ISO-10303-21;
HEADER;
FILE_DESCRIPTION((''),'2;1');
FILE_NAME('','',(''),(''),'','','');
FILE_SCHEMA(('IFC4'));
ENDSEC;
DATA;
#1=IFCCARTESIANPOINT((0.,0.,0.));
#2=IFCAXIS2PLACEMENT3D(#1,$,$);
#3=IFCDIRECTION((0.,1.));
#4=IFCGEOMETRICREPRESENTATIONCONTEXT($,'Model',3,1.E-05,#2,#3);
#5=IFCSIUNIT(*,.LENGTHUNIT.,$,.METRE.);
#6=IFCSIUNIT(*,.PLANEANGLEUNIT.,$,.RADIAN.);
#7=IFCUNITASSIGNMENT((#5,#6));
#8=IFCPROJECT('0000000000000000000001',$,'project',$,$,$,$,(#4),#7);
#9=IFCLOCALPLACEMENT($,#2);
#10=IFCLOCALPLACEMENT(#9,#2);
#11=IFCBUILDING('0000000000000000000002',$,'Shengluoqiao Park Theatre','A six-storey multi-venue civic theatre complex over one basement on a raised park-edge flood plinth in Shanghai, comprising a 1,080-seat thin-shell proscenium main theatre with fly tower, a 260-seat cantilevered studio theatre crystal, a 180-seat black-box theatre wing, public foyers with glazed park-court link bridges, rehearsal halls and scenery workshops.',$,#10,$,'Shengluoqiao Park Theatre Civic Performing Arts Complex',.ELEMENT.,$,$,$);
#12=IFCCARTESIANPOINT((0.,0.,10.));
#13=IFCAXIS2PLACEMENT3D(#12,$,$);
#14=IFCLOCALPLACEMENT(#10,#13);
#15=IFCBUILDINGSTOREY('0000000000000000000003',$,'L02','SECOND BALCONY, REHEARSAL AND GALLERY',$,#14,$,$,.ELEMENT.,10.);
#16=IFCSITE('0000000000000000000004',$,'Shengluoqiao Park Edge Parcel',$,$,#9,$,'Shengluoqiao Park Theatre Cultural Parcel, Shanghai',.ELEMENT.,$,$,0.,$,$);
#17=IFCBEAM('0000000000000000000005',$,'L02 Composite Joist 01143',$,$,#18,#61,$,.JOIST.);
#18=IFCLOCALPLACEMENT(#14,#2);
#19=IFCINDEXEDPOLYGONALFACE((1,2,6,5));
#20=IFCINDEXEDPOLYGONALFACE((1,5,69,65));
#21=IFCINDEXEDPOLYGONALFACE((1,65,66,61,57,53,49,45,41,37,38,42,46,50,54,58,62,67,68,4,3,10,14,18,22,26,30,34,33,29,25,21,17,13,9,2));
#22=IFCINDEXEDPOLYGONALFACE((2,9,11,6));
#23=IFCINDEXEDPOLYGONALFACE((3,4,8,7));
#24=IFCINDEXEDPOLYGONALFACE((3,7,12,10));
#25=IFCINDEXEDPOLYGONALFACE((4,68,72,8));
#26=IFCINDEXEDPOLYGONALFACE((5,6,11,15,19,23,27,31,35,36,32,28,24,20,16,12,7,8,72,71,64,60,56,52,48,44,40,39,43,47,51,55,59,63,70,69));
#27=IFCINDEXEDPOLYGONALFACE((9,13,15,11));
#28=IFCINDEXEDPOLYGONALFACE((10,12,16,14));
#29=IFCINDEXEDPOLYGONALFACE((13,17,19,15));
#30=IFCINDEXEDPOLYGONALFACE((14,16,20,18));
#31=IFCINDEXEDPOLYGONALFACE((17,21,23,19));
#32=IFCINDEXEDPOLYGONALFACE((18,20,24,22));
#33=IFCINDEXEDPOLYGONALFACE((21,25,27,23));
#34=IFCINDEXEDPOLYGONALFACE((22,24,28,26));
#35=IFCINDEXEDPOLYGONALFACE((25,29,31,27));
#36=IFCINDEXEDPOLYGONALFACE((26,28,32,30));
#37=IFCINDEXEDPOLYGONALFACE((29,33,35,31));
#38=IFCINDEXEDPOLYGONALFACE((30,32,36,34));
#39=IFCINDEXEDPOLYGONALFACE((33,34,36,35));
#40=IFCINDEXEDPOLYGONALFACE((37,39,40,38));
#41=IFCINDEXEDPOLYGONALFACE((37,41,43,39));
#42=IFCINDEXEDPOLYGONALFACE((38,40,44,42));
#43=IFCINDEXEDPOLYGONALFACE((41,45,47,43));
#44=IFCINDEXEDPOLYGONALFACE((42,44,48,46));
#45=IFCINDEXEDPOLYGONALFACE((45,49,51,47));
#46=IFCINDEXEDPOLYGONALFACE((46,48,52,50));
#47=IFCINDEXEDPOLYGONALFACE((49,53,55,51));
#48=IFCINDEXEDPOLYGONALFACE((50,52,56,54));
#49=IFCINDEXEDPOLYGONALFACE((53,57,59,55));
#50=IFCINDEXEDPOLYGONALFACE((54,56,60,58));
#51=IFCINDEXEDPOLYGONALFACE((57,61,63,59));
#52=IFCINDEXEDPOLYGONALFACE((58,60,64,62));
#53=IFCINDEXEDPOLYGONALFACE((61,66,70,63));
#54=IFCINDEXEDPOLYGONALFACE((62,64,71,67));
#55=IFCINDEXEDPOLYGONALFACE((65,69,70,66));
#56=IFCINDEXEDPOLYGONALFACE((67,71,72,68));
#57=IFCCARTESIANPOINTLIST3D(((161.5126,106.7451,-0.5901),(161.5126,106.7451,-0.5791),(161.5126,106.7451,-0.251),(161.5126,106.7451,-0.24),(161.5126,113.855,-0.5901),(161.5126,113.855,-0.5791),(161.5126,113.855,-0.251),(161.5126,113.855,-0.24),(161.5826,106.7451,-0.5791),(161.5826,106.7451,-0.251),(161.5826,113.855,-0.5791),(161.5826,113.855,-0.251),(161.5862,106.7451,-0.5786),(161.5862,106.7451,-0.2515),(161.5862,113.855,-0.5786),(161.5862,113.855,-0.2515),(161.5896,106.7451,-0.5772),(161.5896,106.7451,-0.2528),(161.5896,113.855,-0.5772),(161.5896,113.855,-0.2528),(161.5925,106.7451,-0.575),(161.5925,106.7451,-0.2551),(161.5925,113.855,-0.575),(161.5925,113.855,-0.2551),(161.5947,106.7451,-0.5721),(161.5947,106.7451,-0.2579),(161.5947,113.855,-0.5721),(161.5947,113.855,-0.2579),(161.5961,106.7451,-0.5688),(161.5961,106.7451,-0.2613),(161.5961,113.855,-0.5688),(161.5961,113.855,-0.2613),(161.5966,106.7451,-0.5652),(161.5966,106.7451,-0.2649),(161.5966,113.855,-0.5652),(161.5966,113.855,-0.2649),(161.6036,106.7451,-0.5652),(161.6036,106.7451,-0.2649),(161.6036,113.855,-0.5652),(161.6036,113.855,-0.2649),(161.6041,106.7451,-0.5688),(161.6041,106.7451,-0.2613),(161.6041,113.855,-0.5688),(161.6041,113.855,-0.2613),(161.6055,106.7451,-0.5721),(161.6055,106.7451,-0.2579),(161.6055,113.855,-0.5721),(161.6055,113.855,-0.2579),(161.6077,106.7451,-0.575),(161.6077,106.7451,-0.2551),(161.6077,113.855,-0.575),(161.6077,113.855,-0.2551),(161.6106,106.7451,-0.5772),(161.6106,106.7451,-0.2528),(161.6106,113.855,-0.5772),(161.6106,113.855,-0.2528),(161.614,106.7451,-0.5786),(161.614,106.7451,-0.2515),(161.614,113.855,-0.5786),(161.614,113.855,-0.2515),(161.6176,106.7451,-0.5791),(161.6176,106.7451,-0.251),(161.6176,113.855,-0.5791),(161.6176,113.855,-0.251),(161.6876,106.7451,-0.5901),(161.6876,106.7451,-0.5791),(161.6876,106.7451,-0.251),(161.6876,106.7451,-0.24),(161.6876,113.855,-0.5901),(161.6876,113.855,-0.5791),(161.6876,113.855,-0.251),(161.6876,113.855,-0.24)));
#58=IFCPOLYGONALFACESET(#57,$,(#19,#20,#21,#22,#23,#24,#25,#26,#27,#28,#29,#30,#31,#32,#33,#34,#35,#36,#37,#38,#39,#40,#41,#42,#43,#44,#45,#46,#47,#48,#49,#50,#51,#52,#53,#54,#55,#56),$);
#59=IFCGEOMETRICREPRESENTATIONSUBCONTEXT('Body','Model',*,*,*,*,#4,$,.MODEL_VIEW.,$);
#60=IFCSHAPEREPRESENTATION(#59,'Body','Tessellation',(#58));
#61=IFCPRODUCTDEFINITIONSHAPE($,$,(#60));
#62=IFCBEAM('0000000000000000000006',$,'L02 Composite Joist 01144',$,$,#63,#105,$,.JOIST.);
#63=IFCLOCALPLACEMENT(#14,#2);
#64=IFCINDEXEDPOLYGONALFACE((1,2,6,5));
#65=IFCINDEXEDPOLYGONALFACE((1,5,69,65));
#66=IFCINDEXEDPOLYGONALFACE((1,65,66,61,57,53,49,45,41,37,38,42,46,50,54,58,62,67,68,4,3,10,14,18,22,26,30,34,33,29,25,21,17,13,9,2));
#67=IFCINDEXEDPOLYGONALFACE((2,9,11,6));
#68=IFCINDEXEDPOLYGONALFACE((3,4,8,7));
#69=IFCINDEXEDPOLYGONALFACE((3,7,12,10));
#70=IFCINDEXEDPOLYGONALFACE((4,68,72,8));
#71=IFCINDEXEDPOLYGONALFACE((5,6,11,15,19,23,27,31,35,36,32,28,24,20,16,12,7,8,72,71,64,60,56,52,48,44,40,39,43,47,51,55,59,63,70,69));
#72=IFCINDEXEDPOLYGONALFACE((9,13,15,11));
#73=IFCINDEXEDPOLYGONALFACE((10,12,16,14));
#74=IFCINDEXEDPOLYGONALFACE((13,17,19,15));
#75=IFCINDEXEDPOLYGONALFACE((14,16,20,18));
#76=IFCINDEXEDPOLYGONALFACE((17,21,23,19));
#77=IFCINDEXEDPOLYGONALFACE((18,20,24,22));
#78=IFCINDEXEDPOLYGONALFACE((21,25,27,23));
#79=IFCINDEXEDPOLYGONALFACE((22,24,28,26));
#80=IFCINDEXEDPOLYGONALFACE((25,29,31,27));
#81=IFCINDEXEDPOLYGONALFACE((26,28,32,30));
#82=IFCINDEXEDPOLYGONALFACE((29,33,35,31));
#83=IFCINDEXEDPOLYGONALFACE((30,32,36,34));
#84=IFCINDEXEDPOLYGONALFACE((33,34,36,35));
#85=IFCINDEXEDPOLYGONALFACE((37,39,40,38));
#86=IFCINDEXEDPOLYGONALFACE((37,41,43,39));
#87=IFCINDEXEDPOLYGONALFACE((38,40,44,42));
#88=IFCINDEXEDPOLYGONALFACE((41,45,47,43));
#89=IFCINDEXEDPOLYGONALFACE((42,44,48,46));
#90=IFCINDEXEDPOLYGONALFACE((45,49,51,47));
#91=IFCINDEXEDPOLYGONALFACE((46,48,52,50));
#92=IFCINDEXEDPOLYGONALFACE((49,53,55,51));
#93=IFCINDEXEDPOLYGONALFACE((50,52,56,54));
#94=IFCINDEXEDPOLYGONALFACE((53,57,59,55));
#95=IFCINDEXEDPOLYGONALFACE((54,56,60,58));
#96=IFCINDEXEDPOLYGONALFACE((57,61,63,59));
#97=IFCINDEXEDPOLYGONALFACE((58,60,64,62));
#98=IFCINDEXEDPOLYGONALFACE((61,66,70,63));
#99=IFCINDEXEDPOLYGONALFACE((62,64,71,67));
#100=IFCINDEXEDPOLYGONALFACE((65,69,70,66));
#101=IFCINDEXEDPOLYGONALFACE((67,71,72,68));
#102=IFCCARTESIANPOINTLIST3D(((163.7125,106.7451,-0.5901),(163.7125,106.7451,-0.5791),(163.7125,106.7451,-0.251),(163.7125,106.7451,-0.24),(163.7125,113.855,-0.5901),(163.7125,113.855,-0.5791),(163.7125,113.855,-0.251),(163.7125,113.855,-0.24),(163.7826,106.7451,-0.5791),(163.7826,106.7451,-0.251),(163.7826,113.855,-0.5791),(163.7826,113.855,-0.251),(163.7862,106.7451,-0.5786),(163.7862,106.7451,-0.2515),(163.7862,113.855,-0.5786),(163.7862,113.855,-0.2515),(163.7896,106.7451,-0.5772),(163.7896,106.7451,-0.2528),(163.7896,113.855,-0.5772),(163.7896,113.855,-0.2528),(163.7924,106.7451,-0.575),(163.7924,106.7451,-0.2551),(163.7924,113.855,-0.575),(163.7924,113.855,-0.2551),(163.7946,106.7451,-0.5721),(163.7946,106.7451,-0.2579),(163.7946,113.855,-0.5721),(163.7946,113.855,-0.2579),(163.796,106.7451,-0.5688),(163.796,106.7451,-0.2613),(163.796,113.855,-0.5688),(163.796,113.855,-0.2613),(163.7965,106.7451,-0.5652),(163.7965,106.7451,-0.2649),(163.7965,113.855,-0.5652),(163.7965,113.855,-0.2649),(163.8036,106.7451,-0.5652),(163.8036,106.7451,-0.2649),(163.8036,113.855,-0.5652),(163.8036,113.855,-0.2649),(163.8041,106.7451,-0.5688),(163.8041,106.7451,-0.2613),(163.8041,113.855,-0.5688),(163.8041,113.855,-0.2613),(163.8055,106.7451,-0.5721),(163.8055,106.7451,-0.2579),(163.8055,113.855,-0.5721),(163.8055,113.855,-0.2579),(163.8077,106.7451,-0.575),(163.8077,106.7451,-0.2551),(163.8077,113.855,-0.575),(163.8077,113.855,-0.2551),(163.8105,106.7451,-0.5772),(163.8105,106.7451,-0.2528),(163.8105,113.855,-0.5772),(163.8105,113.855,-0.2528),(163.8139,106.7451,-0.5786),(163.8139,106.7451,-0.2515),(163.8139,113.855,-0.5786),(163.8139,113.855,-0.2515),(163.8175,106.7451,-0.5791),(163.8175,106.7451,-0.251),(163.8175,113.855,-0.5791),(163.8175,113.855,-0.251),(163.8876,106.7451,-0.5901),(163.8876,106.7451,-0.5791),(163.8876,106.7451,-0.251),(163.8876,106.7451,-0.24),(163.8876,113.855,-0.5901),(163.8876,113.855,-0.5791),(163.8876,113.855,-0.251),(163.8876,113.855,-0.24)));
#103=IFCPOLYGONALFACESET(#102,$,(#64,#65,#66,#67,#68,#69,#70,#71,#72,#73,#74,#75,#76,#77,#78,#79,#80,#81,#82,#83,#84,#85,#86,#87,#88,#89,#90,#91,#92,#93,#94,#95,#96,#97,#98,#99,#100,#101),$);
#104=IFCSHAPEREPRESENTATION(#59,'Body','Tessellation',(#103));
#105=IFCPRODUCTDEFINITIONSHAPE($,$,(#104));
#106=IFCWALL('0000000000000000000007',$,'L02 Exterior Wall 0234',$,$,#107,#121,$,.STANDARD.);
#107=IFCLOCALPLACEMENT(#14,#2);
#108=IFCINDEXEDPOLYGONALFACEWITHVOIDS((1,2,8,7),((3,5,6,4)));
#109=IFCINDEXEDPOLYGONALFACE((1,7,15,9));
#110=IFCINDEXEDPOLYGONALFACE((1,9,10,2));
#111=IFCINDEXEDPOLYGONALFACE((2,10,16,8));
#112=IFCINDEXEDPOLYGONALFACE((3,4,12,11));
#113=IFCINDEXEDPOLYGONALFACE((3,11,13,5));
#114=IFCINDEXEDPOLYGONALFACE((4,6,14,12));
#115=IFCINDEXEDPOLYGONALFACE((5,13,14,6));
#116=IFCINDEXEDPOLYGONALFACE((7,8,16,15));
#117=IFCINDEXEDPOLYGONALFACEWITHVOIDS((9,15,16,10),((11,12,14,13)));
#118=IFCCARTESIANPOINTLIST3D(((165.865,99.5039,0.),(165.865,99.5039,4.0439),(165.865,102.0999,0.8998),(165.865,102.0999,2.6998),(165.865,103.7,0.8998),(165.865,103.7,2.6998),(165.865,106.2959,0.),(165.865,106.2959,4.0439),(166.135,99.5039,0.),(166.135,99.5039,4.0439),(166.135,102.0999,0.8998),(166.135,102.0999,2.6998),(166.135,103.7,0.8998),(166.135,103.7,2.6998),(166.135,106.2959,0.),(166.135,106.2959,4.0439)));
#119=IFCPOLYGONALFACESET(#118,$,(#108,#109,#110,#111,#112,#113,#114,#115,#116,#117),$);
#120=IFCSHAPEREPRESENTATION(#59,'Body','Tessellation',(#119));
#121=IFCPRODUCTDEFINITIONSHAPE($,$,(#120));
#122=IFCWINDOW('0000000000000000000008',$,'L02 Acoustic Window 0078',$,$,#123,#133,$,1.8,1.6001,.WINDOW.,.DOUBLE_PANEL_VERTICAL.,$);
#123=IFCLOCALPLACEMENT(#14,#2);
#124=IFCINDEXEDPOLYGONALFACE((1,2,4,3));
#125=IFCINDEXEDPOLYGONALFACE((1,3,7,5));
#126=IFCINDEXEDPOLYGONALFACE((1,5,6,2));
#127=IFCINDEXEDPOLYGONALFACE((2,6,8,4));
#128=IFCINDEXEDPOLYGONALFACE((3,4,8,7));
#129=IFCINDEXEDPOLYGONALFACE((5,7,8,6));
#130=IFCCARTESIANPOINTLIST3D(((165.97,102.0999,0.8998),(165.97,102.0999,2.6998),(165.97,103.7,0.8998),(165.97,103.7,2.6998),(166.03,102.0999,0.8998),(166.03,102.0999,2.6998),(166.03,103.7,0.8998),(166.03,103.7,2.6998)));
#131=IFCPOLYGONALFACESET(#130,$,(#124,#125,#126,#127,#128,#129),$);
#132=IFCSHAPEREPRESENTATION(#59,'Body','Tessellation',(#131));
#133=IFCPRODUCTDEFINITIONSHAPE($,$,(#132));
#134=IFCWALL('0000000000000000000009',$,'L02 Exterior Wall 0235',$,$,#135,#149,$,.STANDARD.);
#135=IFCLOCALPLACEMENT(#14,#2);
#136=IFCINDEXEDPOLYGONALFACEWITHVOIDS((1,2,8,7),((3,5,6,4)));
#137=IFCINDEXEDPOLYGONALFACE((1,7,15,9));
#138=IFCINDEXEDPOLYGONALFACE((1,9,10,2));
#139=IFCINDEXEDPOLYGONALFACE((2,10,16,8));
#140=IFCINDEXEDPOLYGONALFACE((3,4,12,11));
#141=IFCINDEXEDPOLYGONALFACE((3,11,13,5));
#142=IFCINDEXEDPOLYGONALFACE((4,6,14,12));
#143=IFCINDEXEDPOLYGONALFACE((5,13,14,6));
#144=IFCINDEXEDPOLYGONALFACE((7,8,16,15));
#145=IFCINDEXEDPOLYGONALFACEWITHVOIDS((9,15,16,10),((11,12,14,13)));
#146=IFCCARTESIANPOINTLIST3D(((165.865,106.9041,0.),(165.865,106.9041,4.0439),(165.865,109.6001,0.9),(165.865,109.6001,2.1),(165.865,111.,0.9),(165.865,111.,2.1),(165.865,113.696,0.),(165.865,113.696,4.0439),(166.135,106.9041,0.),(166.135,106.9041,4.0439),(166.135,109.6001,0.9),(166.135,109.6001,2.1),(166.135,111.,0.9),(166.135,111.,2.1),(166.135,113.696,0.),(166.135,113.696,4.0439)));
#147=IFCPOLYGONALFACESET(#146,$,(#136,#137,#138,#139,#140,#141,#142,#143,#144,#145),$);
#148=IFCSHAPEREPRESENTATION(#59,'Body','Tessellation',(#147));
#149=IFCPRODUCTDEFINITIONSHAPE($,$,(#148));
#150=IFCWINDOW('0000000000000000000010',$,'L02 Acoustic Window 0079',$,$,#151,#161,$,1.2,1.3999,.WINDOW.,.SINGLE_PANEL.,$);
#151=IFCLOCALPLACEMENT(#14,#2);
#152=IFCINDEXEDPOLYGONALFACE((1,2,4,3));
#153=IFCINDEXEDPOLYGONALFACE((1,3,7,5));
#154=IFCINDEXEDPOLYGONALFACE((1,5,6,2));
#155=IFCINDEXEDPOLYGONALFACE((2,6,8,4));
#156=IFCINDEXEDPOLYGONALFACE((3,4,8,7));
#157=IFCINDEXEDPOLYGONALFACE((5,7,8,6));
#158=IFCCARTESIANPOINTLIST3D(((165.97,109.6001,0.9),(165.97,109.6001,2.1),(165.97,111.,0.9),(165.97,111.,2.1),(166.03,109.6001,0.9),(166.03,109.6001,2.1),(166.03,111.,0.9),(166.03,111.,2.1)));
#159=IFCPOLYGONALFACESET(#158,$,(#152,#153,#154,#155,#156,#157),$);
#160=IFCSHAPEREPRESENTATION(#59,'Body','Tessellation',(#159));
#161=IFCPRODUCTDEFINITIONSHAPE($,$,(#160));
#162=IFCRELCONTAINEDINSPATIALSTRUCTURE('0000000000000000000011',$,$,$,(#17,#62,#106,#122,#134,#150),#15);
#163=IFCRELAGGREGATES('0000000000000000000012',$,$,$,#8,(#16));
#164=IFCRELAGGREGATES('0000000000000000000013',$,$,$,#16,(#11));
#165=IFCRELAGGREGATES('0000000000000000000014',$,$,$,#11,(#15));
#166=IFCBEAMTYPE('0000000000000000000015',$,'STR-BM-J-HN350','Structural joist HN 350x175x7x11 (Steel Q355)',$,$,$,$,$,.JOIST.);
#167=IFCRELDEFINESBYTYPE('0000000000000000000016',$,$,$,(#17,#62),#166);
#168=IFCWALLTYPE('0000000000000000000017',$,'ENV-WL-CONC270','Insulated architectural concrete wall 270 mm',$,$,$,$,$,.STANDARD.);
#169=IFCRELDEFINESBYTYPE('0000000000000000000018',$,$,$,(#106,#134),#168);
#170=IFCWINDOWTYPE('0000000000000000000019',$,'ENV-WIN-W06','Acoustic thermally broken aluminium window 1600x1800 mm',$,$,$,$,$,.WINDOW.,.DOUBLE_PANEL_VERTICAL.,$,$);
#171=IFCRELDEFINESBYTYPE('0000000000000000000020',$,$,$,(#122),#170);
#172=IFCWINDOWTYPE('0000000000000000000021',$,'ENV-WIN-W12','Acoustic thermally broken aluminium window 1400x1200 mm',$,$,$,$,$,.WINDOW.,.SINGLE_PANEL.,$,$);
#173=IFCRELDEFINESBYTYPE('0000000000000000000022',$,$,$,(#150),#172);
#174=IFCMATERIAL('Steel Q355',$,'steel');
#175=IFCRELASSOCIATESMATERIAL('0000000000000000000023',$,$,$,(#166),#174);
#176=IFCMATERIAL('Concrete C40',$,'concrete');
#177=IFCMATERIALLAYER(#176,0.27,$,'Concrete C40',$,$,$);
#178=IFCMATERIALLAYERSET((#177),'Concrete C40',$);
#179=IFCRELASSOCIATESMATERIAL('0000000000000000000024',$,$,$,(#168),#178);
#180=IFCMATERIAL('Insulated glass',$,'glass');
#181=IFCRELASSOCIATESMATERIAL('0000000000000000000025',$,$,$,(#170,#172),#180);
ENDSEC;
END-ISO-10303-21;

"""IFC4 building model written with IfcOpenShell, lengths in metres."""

from ifc_helpers import new_model, si_unit, direction, frame, frame_2d, origin, origin_2d, place, context, subcontext, project, spatial, rectangle, i_section, extrude, material, layer, layer_set, material_profile, profile_set, type_object, element, fill, save


model = new_model("IFC4")

# Units and contexts
model_context = context("Model", 3, precision=1e-05, world=origin(), true_north=direction((0.0, 1.0)))
body_context = subcontext(model_context, "Body", "Model", "MODEL_VIEW")
ifc_project = project(units=[si_unit("LENGTHUNIT", "METRE"), si_unit("PLANEANGLEUNIT", "RADIAN")], contexts=[model_context])

# Site, building, storey
site_placement = place(None, origin())
site = spatial("IfcSite", under=ifc_project, at=site_placement, Name="Shengluoqiao Park Edge Parcel", LongName="Shengluoqiao Park Theatre Cultural Parcel, Shanghai", CompositionType="ELEMENT", RefElevation=0.0)
building_placement = place(site_placement, origin())
building = spatial("IfcBuilding", under=site, at=building_placement, Name="Shengluoqiao Park Theatre", Description="A six-storey multi-venue civic theatre complex over one basement on a raised park-edge flood plinth in Shanghai, comprising a 1,080-seat thin-shell proscenium main theatre with fly tower, a 260-seat cantilevered studio theatre crystal, a 180-seat black-box theatre wing, public foyers with glazed park-court link bridges, rehearsal halls and scenery workshops.", LongName="Shengluoqiao Park Theatre Civic Performing Arts Complex", CompositionType="ELEMENT")
storey_placement = place(building_placement, frame((0.0, 0.0, 10.0)))
storey = spatial("IfcBuildingStorey", under=building, at=storey_placement, Name="L02", Description="SECOND BALCONY, REHEARSAL AND GALLERY", CompositionType="ELEMENT", Elevation=10.0)

# Shared definitions
ifc_material_1 = material(Name="Concrete C40", Category="concrete")

# Beams
ifc_material_2 = material(Name="Steel Q355", Category="steel")
ifc_material_profile_1 = material_profile(ifc_material_2, i_section(OverallWidth=0.175, OverallDepth=0.3501, WebThickness=0.0071, FlangeThickness=0.011, FilletRadius=0.0139, at=origin_2d()), Name="HN 350x175x7x11")
ifc_profile_set_1 = profile_set([ifc_material_profile_1], Name="Steel Q355")
beam_type_1 = type_object("IfcBeamType", Name="STR-BM-J-HN350", Description="Structural joist HN 350x175x7x11 (Steel Q355)", PredefinedType="JOIST", material=ifc_profile_set_1)
for number, where, z_axis, x_axis, name in (
    (1, (161.6001, 106.7451, -0.415), (0.0, 1.0, 0.0), (-1.0, 0.0, 0.0), "L02 Composite Joist 01143"),
    (2, (163.8, 106.7451, -0.415), (0.0, 1.0, 0.0), (-1.0, 0.0, 0.0), "L02 Composite Joist 01144"),
):
    element("IfcBeam", number, at=place(storey_placement, frame(where, z_axis=z_axis, x_axis=x_axis)), inside=storey, type_object=beam_type_1, Name=name, PredefinedType="JOIST", context=body_context, shape_type="SweptSolid", body=[
        extrude(i_section(OverallWidth=0.175, OverallDepth=0.3501, WebThickness=0.0071, FlangeThickness=0.011, FilletRadius=0.0139, at=origin_2d()), origin(), (0.0, 0.0, 1.0), 7.1099),
    ])

# Walls, openings, windows
ifc_layer_1 = layer(ifc_material_1, 0.27, Name="Concrete C40")
ifc_layer_set_1 = layer_set([ifc_layer_1], Name="Concrete C40")
wall_type_1 = type_object("IfcWallType", Name="ENV-WL-CONC270", Description="Insulated architectural concrete wall 270 mm", PredefinedType="STANDARD", material=ifc_layer_set_1)
wall_1_placement = place(storey_placement, frame((166.0, 99.5039, 0.0), z_axis=(0.0, 0.0, 1.0), x_axis=(0.0, 1.0, 0.0)))
wall_1 = element("IfcWall", 3, at=wall_1_placement, inside=storey, type_object=wall_type_1, Name="L02 Exterior Wall 0234", PredefinedType="STANDARD", context=body_context, shape_type="SweptSolid", body=[
    extrude(rectangle(XDim=6.792, YDim=0.27, at=frame_2d((3.396, 0.0))), origin(), (0.0, 0.0, 1.0), 4.0439),
])
opening_1_placement = place(wall_1_placement, frame((2.5959, 0.0, 0.8999)))
opening_1 = element("IfcOpeningElement", 4, at=opening_1_placement, cuts=wall_1, PredefinedType="OPENING", context=body_context, shape_type="SweptSolid", body=[
    extrude(rectangle(XDim=1.6001, YDim=1.8, at=frame_2d((0.8, 0.8999))), frame((0.0, 0.145, 0.0), z_axis=(0.0, -1.0, 0.0), x_axis=(1.0, 0.0, 0.0)), (0.0, 0.0, 1.0), 0.29),
])
ifc_material_3 = material(Name="Insulated glass", Category="glass")
window_type_1 = type_object("IfcWindowType", Name="ENV-WIN-W06", Description="Acoustic thermally broken aluminium window 1600x1800 mm", PartitioningType="DOUBLE_PANEL_VERTICAL", PredefinedType="WINDOW", material=ifc_material_3)
window_1_placement = place(opening_1_placement, origin())
window_1 = element("IfcWindow", 5, at=window_1_placement, inside=storey, type_object=window_type_1, Name="L02 Acoustic Window 0078", OverallHeight=1.8, OverallWidth=1.6001, PartitioningType="DOUBLE_PANEL_VERTICAL", PredefinedType="WINDOW", context=body_context, shape_type="SweptSolid", body=[
    extrude(rectangle(XDim=1.6001, YDim=1.8, at=frame_2d((0.8, 0.8999))), frame((0.0, 0.03, 0.0), z_axis=(0.0, -1.0, 0.0), x_axis=(1.0, 0.0, 0.0)), (0.0, 0.0, 1.0), 0.0601),
])
fill(opening_1, window_1)
wall_2_placement = place(storey_placement, frame((166.0, 106.9041, 0.0), z_axis=(0.0, 0.0, 1.0), x_axis=(0.0, 1.0, 0.0)))
wall_2 = element("IfcWall", 6, at=wall_2_placement, inside=storey, type_object=wall_type_1, Name="L02 Exterior Wall 0235", PredefinedType="STANDARD", context=body_context, shape_type="SweptSolid", body=[
    extrude(rectangle(XDim=6.792, YDim=0.27, at=frame_2d((3.396, 0.0))), origin(), (0.0, 0.0, 1.0), 4.0439),
])
opening_2_placement = place(wall_2_placement, frame((2.696, 0.0, 0.8999)))
opening_2 = element("IfcOpeningElement", 7, at=opening_2_placement, cuts=wall_2, PredefinedType="OPENING", context=body_context, shape_type="SweptSolid", body=[
    extrude(rectangle(XDim=1.3999, YDim=1.2, at=frame_2d((0.7, 0.6001))), frame((0.0, 0.145, 0.0), z_axis=(0.0, -1.0, 0.0), x_axis=(1.0, 0.0, 0.0)), (0.0, 0.0, 1.0), 0.29),
])
window_type_2 = type_object("IfcWindowType", Name="ENV-WIN-W12", Description="Acoustic thermally broken aluminium window 1400x1200 mm", PartitioningType="SINGLE_PANEL", PredefinedType="WINDOW", material=ifc_material_3)
window_2_placement = place(opening_2_placement, origin())
window_2 = element("IfcWindow", 8, at=window_2_placement, inside=storey, type_object=window_type_2, Name="L02 Acoustic Window 0079", OverallHeight=1.2, OverallWidth=1.3999, PartitioningType="SINGLE_PANEL", PredefinedType="WINDOW", context=body_context, shape_type="SweptSolid", body=[
    extrude(rectangle(XDim=1.3999, YDim=1.2, at=frame_2d((0.7, 0.6001))), frame((0.0, 0.03, 0.0), z_axis=(0.0, -1.0, 0.0), x_axis=(1.0, 0.0, 0.0)), (0.0, 0.0, 1.0), 0.0601),
])
fill(opening_2, window_2)

save(model, "model.ifc")
